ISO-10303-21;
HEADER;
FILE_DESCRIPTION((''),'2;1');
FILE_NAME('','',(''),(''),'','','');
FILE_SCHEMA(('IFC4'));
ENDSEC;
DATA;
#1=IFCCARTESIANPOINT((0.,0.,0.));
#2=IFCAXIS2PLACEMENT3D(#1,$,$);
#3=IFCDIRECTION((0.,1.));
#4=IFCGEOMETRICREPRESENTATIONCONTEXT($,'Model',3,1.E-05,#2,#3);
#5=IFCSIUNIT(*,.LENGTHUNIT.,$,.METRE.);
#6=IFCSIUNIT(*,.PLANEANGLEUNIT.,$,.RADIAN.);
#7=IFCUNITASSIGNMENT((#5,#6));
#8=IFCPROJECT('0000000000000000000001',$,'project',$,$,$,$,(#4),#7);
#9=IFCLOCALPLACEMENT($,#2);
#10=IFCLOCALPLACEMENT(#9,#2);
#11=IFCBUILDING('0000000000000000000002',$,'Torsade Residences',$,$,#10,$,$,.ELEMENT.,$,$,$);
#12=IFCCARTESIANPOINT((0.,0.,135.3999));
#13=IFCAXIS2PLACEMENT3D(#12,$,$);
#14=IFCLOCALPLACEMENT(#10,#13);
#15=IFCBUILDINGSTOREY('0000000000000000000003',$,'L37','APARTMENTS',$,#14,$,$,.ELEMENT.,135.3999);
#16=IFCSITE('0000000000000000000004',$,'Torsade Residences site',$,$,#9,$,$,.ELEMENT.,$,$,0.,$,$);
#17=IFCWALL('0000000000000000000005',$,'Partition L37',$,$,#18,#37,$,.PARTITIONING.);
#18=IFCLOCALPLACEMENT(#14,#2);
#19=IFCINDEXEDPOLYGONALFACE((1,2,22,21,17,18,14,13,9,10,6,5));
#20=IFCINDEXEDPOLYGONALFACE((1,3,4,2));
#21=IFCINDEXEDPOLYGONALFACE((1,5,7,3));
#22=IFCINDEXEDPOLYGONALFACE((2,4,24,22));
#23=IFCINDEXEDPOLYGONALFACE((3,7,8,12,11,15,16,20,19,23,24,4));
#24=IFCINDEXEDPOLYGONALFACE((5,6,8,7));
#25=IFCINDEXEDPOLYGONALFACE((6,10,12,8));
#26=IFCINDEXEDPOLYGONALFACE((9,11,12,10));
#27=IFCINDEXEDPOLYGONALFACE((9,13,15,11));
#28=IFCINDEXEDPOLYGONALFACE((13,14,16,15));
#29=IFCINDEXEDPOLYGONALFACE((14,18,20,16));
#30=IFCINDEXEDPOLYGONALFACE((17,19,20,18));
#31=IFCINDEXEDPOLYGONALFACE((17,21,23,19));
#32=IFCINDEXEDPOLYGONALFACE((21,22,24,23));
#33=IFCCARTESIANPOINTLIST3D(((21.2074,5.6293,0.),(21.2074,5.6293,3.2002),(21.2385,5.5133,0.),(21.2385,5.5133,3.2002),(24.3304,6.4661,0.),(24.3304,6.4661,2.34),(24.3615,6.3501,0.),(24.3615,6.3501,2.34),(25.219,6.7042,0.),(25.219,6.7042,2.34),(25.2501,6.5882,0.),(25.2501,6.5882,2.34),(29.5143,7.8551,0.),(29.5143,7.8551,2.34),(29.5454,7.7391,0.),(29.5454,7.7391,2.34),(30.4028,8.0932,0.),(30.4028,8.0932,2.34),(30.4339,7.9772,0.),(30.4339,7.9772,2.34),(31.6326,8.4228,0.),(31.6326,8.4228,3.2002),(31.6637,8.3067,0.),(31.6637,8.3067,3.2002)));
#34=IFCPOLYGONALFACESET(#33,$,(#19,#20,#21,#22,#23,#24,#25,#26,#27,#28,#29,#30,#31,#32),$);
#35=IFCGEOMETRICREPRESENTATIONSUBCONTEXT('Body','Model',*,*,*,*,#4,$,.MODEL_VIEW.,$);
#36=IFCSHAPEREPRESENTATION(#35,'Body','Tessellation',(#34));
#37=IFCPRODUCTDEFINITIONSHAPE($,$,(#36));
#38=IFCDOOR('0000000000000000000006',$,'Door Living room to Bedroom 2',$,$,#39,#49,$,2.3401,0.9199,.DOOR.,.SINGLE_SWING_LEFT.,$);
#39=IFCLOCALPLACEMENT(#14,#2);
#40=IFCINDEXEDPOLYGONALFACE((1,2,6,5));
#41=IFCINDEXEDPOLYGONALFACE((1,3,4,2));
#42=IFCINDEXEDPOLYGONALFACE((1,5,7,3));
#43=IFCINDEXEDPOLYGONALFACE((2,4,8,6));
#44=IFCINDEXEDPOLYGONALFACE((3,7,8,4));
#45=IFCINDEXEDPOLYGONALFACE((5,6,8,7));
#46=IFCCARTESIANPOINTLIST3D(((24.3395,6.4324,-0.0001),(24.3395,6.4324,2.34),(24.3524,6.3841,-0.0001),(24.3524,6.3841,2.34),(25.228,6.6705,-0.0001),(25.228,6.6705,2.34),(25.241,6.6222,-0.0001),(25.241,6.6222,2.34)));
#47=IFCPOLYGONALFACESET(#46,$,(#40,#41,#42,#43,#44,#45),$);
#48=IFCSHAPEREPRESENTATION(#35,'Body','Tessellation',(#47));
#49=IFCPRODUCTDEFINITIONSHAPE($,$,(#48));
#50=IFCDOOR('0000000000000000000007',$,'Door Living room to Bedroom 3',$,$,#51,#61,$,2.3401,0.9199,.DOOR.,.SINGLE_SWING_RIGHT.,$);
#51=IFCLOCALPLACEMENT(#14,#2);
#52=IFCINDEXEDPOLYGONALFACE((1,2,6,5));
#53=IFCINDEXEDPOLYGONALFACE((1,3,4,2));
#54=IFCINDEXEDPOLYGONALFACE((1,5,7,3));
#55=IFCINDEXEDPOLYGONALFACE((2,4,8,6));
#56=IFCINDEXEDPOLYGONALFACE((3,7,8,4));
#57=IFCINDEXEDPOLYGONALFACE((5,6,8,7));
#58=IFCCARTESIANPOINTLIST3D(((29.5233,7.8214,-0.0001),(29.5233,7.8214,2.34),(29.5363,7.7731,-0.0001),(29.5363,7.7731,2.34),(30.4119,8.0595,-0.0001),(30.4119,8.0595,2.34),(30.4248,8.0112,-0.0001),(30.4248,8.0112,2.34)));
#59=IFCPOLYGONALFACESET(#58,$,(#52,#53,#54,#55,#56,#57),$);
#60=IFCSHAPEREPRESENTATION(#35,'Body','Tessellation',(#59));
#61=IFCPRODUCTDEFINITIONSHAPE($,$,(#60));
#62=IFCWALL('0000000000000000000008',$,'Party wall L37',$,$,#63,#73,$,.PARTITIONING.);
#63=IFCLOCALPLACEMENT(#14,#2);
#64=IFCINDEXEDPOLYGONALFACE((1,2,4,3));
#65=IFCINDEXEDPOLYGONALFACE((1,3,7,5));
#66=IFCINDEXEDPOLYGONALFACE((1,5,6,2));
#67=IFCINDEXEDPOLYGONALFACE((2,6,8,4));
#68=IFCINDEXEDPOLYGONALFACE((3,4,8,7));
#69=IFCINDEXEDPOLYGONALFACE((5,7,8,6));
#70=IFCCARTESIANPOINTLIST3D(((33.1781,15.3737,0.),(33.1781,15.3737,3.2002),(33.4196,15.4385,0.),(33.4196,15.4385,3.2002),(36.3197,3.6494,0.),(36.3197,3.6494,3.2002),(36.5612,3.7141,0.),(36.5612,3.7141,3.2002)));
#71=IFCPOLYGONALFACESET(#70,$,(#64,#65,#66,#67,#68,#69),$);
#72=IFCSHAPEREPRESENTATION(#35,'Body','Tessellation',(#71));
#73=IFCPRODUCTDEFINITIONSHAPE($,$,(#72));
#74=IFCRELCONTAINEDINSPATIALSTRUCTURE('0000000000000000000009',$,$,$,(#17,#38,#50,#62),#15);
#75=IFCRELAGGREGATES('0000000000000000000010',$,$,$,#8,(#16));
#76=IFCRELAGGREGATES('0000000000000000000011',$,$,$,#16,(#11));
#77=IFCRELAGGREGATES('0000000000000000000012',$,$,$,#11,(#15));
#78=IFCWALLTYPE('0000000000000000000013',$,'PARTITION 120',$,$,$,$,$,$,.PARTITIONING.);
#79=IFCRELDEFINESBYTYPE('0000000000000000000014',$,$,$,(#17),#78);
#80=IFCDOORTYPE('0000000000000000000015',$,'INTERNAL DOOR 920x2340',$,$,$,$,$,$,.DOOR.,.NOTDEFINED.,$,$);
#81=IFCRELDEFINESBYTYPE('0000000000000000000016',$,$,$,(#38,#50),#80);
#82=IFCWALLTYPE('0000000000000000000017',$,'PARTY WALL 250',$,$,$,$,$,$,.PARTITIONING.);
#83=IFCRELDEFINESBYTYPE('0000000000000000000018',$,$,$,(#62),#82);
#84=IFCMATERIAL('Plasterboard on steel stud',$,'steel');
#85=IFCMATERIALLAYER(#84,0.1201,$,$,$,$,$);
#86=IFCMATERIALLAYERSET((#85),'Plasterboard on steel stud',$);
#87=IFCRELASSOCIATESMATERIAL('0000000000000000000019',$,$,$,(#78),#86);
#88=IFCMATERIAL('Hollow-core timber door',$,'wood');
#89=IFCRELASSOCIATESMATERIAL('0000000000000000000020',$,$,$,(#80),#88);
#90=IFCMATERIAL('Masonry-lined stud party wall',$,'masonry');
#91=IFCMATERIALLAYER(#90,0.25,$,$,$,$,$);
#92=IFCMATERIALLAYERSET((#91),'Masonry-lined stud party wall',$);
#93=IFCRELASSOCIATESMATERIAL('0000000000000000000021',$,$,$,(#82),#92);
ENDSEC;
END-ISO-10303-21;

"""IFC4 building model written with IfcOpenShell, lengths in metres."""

from ifc_helpers import new_model, si_unit, direction, frame, frame_2d, origin, place, context, subcontext, project, spatial, rectangle, extrude, material, layer, layer_set, type_object, element, fill, save


model = new_model("IFC4")

# Units and contexts
model_context = context("Model", 3, precision=1e-05, world=origin(), true_north=direction((0.0, 1.0)))
body_context = subcontext(model_context, "Body", "Model", "MODEL_VIEW")
ifc_project = project(units=[si_unit("LENGTHUNIT", "METRE"), si_unit("PLANEANGLEUNIT", "RADIAN")], contexts=[model_context])

# Site, building, storey
site_placement = place(None, origin())
site = spatial("IfcSite", under=ifc_project, at=site_placement, Name="Torsade Residences site", CompositionType="ELEMENT", RefElevation=0.0)
building_placement = place(site_placement, origin())
building = spatial("IfcBuilding", under=site, at=building_placement, Name="Torsade Residences", CompositionType="ELEMENT")
storey_placement = place(building_placement, frame((0.0, 0.0, 135.3999)))
storey = spatial("IfcBuildingStorey", under=building, at=storey_placement, Name="L37", Description="APARTMENTS", CompositionType="ELEMENT", Elevation=135.3999)

# Wall, openings, doors
ifc_material_1 = material(Name="Plasterboard on steel stud", Category="steel")
ifc_layer_1 = layer(ifc_material_1, 0.1201)
ifc_layer_set_1 = layer_set([ifc_layer_1], Name="Plasterboard on steel stud")
wall_type_1 = type_object("IfcWallType", Name="PARTITION 120", PredefinedType="PARTITIONING", material=ifc_layer_set_1)
wall_1_placement = place(storey_placement, frame((31.6482, 8.3647, 0.0), z_axis=(0.0, 0.0, 1.0), x_axis=(-0.965926, -0.25882, 0.0)))
wall_1 = element("IfcWall", 1, at=wall_1_placement, inside=storey, type_object=wall_type_1, Name="Partition L37", PredefinedType="PARTITIONING", context=body_context, shape_type="SweptSolid", body=[
    extrude(rectangle(XDim=10.793, YDim=0.1201, at=frame_2d((5.3965, 0.0))), origin(), (0.0, 0.0, 1.0), 3.2002),
])
opening_1_placement = place(wall_1_placement, frame((6.6399, 0.0, 0.0)))
opening_1 = element("IfcOpeningElement", 2, at=opening_1_placement, cuts=wall_1, PredefinedType="OPENING", context=body_context, shape_type="SweptSolid", body=[
    extrude(rectangle(XDim=0.9199, YDim=2.3401, at=frame_2d((0.46, 1.1699))), frame((0.0, 0.0701, 0.0), z_axis=(0.0, -1.0, 0.0), x_axis=(1.0, 0.0, 0.0)), (0.0, 0.0, 1.0), 0.1401),
])
opening_2_placement = place(wall_1_placement, frame((1.2732, 0.0, 0.0)))
opening_2 = element("IfcOpeningElement", 3, at=opening_2_placement, cuts=wall_1, PredefinedType="OPENING", context=body_context, shape_type="SweptSolid", body=[
    extrude(rectangle(XDim=0.9199, YDim=2.3401, at=frame_2d((0.46, 1.1699))), frame((0.0, 0.0701, 0.0), z_axis=(0.0, -1.0, 0.0), x_axis=(1.0, 0.0, 0.0)), (0.0, 0.0, 1.0), 0.1401),
])
ifc_material_2 = material(Name="Hollow-core timber door", Category="wood")
door_type = type_object("IfcDoorType", Name="INTERNAL DOOR 920x2340", OperationType="NOTDEFINED", PredefinedType="DOOR", material=ifc_material_2)
door_1_placement = place(opening_1_placement, origin())
door_1 = element("IfcDoor", 4, at=door_1_placement, inside=storey, type_object=door_type, Name="Door Living room to Bedroom 2", OperationType="SINGLE_SWING_LEFT", OverallHeight=2.3401, OverallWidth=0.9199, PredefinedType="DOOR", context=body_context, shape_type="SweptSolid", body=[
    extrude(rectangle(XDim=0.9199, YDim=2.3401, at=frame_2d((0.46, 1.1699))), frame((0.0, 0.0249, 0.0), z_axis=(0.0, -1.0, 0.0), x_axis=(1.0, 0.0, 0.0)), (0.0, 0.0, 1.0), 0.05),
])
fill(opening_1, door_1)
door_2_placement = place(opening_2_placement, origin())
door_2 = element("IfcDoor", 5, at=door_2_placement, inside=storey, type_object=door_type, Name="Door Living room to Bedroom 3", OperationType="SINGLE_SWING_RIGHT", OverallHeight=2.3401, OverallWidth=0.9199, PredefinedType="DOOR", context=body_context, shape_type="SweptSolid", body=[
    extrude(rectangle(XDim=0.9199, YDim=2.3401, at=frame_2d((0.46, 1.1699))), frame((0.0, 0.0249, 0.0), z_axis=(0.0, -1.0, 0.0), x_axis=(1.0, 0.0, 0.0)), (0.0, 0.0, 1.0), 0.05),
])
fill(opening_2, door_2)

# Wall
ifc_material_3 = material(Name="Masonry-lined stud party wall", Category="masonry")
ifc_layer_2 = layer(ifc_material_3, 0.25)
ifc_layer_set_2 = layer_set([ifc_layer_2], Name="Masonry-lined stud party wall")
wall_type_2 = type_object("IfcWallType", Name="PARTY WALL 250", PredefinedType="PARTITIONING", material=ifc_layer_set_2)
wall_2_placement = place(storey_placement, frame((36.4404, 3.6819, 0.0), z_axis=(0.0, 0.0, 1.0), x_axis=(-0.258824, 0.965924, 0.0)))
element("IfcWall", 6, at=wall_2_placement, inside=storey, type_object=wall_type_2, Name="Party wall L37", PredefinedType="PARTITIONING", context=body_context, shape_type="SweptSolid", body=[
    extrude(rectangle(XDim=12.1379, YDim=0.25, at=frame_2d((6.0688, 0.0))), origin(), (0.0, 0.0, 1.0), 3.2002),
])

save(model, "model.ifc")
